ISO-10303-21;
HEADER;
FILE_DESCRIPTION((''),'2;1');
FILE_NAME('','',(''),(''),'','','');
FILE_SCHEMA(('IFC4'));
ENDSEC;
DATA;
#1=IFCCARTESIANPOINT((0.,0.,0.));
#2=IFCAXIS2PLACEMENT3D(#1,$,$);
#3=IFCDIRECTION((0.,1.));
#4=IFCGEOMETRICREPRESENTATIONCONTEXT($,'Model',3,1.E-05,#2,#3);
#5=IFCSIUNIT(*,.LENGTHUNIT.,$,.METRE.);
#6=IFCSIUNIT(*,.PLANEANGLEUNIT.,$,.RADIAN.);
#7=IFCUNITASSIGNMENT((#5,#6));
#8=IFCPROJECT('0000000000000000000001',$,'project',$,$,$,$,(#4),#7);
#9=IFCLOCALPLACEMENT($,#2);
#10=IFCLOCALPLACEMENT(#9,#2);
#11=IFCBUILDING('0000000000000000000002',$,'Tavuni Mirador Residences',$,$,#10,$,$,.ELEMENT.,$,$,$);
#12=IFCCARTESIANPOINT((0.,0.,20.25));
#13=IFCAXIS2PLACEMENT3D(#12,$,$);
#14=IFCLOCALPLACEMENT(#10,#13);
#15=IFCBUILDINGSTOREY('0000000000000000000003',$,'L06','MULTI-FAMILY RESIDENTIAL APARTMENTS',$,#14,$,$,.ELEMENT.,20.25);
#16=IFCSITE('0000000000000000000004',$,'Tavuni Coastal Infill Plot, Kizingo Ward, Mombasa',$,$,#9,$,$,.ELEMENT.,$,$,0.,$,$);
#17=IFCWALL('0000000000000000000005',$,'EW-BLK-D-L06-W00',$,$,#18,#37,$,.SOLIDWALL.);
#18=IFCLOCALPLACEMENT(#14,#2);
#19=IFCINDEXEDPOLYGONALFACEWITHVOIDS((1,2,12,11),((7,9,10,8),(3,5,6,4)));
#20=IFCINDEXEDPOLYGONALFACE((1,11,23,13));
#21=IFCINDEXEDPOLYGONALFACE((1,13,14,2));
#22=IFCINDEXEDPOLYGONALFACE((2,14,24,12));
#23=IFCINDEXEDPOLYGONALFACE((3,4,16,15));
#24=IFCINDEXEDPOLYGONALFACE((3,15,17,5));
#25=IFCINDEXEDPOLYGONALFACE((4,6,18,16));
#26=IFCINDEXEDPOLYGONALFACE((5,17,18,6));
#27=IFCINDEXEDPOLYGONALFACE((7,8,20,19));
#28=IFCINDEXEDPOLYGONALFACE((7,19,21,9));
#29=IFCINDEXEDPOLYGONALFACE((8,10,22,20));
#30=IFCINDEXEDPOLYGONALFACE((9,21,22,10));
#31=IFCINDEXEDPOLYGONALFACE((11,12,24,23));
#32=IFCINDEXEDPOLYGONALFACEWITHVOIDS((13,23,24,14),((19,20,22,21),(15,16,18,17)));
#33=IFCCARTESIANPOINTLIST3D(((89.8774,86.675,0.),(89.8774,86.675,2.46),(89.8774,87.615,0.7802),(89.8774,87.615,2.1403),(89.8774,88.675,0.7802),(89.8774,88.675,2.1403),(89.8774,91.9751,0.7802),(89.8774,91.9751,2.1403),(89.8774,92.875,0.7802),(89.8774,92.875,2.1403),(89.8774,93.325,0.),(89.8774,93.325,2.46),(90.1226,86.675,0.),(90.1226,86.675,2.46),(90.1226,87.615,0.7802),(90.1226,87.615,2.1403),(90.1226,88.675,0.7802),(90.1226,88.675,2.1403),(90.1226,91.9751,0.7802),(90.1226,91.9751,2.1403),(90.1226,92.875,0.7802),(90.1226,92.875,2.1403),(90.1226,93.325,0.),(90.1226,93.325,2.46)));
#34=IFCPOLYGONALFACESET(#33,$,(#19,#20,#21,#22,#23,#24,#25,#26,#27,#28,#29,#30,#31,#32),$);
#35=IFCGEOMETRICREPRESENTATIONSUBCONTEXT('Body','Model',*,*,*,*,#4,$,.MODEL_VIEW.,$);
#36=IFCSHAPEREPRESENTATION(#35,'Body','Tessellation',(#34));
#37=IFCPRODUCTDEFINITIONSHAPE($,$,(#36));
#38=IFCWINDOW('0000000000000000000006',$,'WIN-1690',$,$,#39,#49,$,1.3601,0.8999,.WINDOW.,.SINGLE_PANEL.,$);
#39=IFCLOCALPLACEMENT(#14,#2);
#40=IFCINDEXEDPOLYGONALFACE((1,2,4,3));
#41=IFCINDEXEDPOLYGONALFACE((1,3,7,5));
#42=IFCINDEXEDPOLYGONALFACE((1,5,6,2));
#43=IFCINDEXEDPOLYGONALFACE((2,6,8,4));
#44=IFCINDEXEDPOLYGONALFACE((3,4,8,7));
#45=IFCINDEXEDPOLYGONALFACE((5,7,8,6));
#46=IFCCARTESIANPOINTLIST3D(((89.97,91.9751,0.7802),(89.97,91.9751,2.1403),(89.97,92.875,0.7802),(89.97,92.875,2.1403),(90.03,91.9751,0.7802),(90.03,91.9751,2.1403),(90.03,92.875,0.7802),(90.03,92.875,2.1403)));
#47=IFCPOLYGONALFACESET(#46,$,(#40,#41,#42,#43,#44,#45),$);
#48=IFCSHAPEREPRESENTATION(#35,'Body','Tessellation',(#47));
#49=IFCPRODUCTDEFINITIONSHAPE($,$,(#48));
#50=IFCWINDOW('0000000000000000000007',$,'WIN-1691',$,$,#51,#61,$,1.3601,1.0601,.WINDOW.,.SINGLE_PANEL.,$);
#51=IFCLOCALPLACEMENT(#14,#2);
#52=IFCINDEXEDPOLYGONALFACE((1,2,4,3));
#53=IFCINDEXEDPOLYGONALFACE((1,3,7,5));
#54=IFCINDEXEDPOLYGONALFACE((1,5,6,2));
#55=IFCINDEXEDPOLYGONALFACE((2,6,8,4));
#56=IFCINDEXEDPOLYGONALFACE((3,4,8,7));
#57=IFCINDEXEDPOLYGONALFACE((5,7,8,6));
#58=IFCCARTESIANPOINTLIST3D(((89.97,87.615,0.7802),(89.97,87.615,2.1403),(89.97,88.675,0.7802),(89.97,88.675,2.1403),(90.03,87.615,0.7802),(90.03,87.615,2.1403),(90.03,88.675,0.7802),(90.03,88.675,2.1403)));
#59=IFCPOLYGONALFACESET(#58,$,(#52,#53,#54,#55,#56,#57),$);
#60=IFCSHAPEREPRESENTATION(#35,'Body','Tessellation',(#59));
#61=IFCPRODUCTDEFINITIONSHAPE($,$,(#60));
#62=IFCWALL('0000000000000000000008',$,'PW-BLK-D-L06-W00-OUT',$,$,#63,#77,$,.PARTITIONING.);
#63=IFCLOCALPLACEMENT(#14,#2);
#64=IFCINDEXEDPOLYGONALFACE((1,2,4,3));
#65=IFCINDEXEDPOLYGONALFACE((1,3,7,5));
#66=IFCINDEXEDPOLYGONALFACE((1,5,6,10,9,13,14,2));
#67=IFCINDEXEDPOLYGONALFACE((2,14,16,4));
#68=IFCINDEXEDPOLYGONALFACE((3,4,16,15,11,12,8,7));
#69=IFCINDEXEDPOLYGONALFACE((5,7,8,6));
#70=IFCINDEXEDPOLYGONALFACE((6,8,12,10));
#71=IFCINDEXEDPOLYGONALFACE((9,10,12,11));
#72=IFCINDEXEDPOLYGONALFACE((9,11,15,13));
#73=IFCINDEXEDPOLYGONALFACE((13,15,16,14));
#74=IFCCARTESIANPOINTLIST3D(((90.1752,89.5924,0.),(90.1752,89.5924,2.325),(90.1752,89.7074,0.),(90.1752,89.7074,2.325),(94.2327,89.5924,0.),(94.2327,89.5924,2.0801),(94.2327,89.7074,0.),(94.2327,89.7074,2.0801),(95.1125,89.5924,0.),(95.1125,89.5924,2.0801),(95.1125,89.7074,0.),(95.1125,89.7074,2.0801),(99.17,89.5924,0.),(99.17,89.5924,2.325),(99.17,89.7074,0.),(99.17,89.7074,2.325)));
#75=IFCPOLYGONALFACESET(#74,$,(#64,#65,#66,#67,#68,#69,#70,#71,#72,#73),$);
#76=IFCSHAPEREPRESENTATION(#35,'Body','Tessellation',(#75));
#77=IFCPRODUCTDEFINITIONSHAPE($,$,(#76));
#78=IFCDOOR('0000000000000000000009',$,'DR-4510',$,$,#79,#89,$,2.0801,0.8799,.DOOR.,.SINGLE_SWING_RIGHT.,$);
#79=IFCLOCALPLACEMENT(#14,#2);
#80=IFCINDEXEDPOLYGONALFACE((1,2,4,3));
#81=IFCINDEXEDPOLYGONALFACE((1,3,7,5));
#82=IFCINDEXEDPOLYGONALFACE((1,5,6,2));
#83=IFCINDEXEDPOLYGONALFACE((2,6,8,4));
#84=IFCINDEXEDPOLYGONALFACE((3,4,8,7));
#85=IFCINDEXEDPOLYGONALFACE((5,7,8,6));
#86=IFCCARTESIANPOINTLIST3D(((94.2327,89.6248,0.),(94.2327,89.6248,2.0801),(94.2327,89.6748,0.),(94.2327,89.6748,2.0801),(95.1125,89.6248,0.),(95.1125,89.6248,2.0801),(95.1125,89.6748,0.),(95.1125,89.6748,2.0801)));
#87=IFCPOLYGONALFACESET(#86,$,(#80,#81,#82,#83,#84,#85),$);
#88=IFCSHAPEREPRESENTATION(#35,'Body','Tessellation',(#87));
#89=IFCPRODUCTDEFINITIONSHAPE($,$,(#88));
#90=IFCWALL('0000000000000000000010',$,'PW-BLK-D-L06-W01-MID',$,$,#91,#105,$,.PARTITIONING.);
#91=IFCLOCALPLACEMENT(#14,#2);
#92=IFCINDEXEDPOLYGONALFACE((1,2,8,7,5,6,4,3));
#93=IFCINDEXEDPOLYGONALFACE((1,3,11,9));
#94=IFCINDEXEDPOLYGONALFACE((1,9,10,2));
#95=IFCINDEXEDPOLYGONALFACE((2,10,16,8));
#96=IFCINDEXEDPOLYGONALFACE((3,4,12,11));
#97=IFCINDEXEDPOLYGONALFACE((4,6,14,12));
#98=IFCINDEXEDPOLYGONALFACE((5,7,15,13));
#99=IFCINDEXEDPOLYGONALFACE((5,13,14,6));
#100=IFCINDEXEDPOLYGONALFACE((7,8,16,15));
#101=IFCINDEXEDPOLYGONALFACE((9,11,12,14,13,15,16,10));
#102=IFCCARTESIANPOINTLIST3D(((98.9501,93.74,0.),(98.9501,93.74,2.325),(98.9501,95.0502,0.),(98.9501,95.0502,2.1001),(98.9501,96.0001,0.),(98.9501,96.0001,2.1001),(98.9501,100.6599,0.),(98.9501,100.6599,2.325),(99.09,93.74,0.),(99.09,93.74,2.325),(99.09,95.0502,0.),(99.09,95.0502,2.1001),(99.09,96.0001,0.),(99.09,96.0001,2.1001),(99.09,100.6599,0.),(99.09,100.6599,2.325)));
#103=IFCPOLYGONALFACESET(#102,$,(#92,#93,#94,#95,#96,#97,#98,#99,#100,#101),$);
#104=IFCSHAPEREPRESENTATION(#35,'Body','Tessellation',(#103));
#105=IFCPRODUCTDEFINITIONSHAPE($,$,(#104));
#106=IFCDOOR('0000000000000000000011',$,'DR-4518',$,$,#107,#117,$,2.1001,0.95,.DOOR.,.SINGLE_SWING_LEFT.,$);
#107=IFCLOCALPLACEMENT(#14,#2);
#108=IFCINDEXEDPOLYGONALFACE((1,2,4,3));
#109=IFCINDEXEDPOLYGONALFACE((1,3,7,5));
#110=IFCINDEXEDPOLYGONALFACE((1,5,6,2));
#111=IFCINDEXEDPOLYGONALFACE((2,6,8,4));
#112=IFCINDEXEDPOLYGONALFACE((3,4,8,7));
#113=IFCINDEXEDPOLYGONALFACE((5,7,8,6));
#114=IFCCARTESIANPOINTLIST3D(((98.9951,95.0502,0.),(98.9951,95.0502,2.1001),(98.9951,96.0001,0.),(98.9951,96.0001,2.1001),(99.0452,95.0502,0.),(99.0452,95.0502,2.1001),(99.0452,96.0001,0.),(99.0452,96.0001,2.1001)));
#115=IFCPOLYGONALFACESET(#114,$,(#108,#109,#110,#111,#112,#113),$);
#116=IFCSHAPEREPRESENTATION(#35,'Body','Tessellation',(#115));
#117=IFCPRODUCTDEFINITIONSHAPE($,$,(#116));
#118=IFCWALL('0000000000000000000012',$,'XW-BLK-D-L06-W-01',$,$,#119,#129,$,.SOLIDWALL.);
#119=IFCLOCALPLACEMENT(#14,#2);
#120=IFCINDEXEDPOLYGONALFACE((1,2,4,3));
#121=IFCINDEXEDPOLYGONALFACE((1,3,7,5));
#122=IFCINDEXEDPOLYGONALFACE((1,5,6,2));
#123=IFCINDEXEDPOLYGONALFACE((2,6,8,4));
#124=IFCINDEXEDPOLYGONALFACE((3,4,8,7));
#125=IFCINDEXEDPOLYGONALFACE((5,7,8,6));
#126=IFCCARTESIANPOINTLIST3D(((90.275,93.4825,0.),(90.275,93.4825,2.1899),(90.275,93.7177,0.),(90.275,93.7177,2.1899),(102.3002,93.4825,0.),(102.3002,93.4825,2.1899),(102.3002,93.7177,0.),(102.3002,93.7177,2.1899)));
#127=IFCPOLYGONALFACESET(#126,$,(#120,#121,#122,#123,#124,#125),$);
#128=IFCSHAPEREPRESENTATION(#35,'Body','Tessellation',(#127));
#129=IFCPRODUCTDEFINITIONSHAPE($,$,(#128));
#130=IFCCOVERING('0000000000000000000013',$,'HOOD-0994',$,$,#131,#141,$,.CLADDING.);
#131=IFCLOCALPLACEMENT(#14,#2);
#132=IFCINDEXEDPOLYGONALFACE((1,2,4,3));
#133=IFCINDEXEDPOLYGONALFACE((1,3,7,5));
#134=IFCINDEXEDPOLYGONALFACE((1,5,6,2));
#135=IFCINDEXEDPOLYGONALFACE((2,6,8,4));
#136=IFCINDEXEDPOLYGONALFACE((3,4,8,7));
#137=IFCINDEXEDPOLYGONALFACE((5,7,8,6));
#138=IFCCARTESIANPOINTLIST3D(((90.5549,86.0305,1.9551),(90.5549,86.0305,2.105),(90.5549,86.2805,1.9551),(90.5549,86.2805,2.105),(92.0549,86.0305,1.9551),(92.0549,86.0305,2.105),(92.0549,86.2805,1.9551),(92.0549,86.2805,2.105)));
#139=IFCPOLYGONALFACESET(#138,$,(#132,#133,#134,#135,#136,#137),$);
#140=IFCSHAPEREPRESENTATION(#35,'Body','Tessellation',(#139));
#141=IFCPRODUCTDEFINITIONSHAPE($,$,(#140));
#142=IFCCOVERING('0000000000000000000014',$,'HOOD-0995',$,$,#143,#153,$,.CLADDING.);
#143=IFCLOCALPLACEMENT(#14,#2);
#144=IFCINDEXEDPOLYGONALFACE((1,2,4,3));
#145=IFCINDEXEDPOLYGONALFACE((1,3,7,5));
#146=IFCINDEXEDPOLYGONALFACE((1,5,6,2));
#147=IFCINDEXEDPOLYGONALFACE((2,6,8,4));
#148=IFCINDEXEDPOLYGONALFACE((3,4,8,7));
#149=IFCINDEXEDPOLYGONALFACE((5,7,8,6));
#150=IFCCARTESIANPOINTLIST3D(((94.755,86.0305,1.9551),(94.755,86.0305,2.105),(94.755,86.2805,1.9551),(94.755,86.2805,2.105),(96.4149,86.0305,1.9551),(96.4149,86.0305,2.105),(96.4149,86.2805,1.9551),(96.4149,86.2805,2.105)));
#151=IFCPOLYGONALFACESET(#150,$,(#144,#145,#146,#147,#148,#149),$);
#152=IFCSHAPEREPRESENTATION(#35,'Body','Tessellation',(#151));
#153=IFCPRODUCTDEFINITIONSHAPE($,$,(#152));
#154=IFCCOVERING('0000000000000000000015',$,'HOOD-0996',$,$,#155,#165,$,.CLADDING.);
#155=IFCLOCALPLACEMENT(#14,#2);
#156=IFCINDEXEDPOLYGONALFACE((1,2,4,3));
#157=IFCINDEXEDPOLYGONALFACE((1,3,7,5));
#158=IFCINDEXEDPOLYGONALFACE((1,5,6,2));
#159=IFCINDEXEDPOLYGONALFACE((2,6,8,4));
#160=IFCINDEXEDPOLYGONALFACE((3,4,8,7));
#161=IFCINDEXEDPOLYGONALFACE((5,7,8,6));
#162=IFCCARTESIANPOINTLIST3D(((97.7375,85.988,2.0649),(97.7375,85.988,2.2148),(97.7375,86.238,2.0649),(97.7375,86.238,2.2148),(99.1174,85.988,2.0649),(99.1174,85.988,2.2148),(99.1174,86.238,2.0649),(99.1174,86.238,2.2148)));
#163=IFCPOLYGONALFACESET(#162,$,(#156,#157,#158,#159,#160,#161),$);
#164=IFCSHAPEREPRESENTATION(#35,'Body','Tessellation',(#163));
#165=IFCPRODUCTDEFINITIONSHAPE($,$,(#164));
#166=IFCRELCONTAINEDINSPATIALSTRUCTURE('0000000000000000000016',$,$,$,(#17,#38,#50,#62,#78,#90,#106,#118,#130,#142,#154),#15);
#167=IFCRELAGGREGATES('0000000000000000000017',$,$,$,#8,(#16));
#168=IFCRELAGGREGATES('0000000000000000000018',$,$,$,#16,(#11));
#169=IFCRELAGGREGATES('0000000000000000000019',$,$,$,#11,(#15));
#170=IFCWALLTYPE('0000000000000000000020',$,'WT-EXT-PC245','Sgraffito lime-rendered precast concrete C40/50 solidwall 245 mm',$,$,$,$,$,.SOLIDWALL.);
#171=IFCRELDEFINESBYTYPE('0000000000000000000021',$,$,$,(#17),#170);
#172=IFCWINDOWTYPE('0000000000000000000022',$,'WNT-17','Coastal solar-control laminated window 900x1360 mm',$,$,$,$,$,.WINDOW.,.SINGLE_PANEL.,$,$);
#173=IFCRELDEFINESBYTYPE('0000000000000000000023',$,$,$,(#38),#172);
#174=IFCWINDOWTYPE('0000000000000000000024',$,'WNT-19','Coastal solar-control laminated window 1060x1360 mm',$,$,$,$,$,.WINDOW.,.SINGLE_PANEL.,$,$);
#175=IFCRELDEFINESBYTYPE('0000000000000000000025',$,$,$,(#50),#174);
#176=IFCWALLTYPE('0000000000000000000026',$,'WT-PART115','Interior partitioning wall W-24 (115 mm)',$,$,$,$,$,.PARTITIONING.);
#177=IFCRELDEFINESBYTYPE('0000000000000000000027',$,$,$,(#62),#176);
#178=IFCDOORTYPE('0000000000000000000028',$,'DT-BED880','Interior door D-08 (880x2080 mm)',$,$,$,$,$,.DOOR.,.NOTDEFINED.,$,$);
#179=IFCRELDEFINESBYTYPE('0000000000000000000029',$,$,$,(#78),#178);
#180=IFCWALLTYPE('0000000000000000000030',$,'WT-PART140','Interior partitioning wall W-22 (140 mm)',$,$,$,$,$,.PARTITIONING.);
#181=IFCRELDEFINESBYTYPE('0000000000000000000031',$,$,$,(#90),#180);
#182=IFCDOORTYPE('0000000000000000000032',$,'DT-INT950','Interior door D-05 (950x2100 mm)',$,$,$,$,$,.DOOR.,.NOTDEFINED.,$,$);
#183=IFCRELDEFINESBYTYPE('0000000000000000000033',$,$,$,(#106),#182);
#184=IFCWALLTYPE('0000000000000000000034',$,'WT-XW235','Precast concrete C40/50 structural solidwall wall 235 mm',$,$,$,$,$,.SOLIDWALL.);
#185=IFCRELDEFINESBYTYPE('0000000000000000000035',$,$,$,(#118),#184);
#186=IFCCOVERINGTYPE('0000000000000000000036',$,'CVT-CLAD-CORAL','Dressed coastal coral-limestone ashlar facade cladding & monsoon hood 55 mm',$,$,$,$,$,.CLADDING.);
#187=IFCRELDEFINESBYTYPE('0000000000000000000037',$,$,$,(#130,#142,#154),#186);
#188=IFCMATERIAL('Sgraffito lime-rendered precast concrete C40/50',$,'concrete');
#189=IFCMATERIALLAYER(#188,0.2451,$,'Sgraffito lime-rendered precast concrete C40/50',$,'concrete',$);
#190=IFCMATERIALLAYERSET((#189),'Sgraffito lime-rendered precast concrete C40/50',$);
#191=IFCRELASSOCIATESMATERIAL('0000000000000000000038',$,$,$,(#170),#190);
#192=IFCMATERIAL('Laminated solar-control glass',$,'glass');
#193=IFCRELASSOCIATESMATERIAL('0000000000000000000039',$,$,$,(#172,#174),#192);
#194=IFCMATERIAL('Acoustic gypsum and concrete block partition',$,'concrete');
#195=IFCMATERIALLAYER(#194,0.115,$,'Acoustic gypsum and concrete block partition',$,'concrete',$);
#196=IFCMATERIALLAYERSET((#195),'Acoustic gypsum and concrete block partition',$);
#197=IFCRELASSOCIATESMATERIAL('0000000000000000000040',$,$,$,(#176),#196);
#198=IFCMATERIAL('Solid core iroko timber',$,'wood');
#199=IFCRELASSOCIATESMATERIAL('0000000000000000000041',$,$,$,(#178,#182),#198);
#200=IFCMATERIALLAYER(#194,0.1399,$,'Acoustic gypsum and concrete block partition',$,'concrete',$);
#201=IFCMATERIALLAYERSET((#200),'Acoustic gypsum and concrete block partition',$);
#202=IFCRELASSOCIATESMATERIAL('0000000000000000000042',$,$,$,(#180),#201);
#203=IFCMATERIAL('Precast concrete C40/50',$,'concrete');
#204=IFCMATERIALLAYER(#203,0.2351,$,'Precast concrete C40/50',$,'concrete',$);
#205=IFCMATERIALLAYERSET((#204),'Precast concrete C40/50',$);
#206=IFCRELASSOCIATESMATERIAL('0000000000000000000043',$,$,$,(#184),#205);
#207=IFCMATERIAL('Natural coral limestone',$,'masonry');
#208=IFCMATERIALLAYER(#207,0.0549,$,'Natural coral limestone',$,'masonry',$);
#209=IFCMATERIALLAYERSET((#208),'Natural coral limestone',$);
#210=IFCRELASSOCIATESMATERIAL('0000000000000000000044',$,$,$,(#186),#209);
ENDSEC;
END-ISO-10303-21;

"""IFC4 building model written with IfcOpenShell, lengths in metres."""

from ifc_helpers import new_model, si_unit, direction, frame, frame_2d, origin, origin_2d, place, context, subcontext, project, spatial, rectangle, extrude, material, layer, layer_set, type_object, element, fill, save


model = new_model("IFC4")

# Units and contexts
model_context = context("Model", 3, precision=1e-05, world=origin(), true_north=direction((0.0, 1.0)))
body_context = subcontext(model_context, "Body", "Model", "MODEL_VIEW")
ifc_project = project(units=[si_unit("LENGTHUNIT", "METRE"), si_unit("PLANEANGLEUNIT", "RADIAN")], contexts=[model_context])

# Site, building, storey
site_placement = place(None, origin())
site = spatial("IfcSite", under=ifc_project, at=site_placement, Name="Tavuni Coastal Infill Plot, Kizingo Ward, Mombasa", CompositionType="ELEMENT", RefElevation=0.0)
building_placement = place(site_placement, origin())
building = spatial("IfcBuilding", under=site, at=building_placement, Name="Tavuni Mirador Residences", CompositionType="ELEMENT")
storey_placement = place(building_placement, frame((0.0, 0.0, 20.25)))
storey = spatial("IfcBuildingStorey", under=building, at=storey_placement, Name="L06", Description="MULTI-FAMILY RESIDENTIAL APARTMENTS", CompositionType="ELEMENT", Elevation=20.25)

# Shared definitions
ifc_material_1 = material(Name="Precast concrete C40/50", Category="concrete")

# Wall, openings, windows
ifc_material_2 = material(Name="Laminated solar-control glass", Category="glass")
ifc_material_3 = material(Name="Sgraffito lime-rendered precast concrete C40/50", Category="concrete")
ifc_layer_1 = layer(ifc_material_3, 0.2451, Name="Sgraffito lime-rendered precast concrete C40/50", Category="concrete")
ifc_layer_set_1 = layer_set([ifc_layer_1], Name="Sgraffito lime-rendered precast concrete C40/50")
wall_type_1 = type_object("IfcWallType", Name="WT-EXT-PC245", Description="Sgraffito lime-rendered precast concrete C40/50 solidwall 245 mm", PredefinedType="SOLIDWALL", material=ifc_layer_set_1)
wall_1_placement = place(storey_placement, frame((90.0, 93.325, 0.0), z_axis=(0.0, 0.0, 1.0), x_axis=(0.0, -1.0, 0.0)))
wall_1 = element("IfcWall", 1, at=wall_1_placement, inside=storey, type_object=wall_type_1, Name="EW-BLK-D-L06-W00", PredefinedType="SOLIDWALL", context=body_context, shape_type="SweptSolid", body=[
    extrude(rectangle(XDim=6.6499, YDim=0.2451, at=frame_2d((3.325, 0.0))), origin(), (0.0, 0.0, 1.0), 2.46),
])
opening_1_placement = place(wall_1_placement, frame((0.45, 0.0, 0.78)))
opening_1 = element("IfcOpeningElement", 2, at=opening_1_placement, cuts=wall_1, PredefinedType="OPENING", context=body_context, shape_type="SweptSolid", body=[
    extrude(rectangle(XDim=0.8999, YDim=1.3601, at=frame_2d((0.45, 0.6802))), frame((0.0, 0.1326, 0.0), z_axis=(0.0, -1.0, 0.0), x_axis=(1.0, 0.0, 0.0)), (0.0, 0.0, 1.0), 0.2651),
])
opening_2_placement = place(wall_1_placement, frame((4.6499, 0.0, 0.78)))
opening_2 = element("IfcOpeningElement", 3, at=opening_2_placement, cuts=wall_1, PredefinedType="OPENING", context=body_context, shape_type="SweptSolid", body=[
    extrude(rectangle(XDim=1.0601, YDim=1.3601, at=frame_2d((0.53, 0.6802))), frame((0.0, 0.1326, 0.0), z_axis=(0.0, -1.0, 0.0), x_axis=(1.0, 0.0, 0.0)), (0.0, 0.0, 1.0), 0.2651),
])
window_type_1 = type_object("IfcWindowType", Name="WNT-17", Description="Coastal solar-control laminated window 900x1360 mm", PartitioningType="SINGLE_PANEL", PredefinedType="WINDOW", material=ifc_material_2)
window_1_placement = place(opening_1_placement, origin())
window_1 = element("IfcWindow", 4, at=window_1_placement, inside=storey, type_object=window_type_1, Name="WIN-1690", OverallHeight=1.3601, OverallWidth=0.8999, PartitioningType="SINGLE_PANEL", PredefinedType="WINDOW", context=body_context, shape_type="SweptSolid", body=[
    extrude(rectangle(XDim=0.8999, YDim=1.3601, at=frame_2d((0.45, 0.6802))), frame((0.0, 0.03, 0.0), z_axis=(0.0, -1.0, 0.0), x_axis=(1.0, 0.0, 0.0)), (0.0, 0.0, 1.0), 0.0601),
])
fill(opening_1, window_1)
window_type_2 = type_object("IfcWindowType", Name="WNT-19", Description="Coastal solar-control laminated window 1060x1360 mm", PartitioningType="SINGLE_PANEL", PredefinedType="WINDOW", material=ifc_material_2)
window_2_placement = place(opening_2_placement, origin())
window_2 = element("IfcWindow", 5, at=window_2_placement, inside=storey, type_object=window_type_2, Name="WIN-1691", OverallHeight=1.3601, OverallWidth=1.0601, PartitioningType="SINGLE_PANEL", PredefinedType="WINDOW", context=body_context, shape_type="SweptSolid", body=[
    extrude(rectangle(XDim=1.0601, YDim=1.3601, at=frame_2d((0.53, 0.6802))), frame((0.0, 0.03, 0.0), z_axis=(0.0, -1.0, 0.0), x_axis=(1.0, 0.0, 0.0)), (0.0, 0.0, 1.0), 0.0601),
])
fill(opening_2, window_2)

# Walls, openings, doors
ifc_material_4 = material(Name="Acoustic gypsum and concrete block partition", Category="concrete")
ifc_layer_2 = layer(ifc_material_4, 0.115, Name="Acoustic gypsum and concrete block partition", Category="concrete")
ifc_layer_set_2 = layer_set([ifc_layer_2], Name="Acoustic gypsum and concrete block partition")
wall_type_2 = type_object("IfcWallType", Name="WT-PART115", Description="Interior partitioning wall W-24 (115 mm)", PredefinedType="PARTITIONING", material=ifc_layer_set_2)
wall_2_placement = place(storey_placement, frame((90.175, 89.6499, 0.0), z_axis=(0.0, 0.0, 1.0), x_axis=(1.0, 0.0, 0.0)))
wall_2 = element("IfcWall", 6, at=wall_2_placement, inside=storey, type_object=wall_type_2, Name="PW-BLK-D-L06-W00-OUT", PredefinedType="PARTITIONING", context=body_context, shape_type="SweptSolid", body=[
    extrude(rectangle(XDim=8.9949, YDim=0.115, at=frame_2d((4.4976, 0.0))), origin(), (0.0, 0.0, 1.0), 2.325),
])
opening_3_placement = place(wall_2_placement, frame((4.0576, 0.0, 0.0)))
opening_3 = element("IfcOpeningElement", 7, at=opening_3_placement, cuts=wall_2, PredefinedType="OPENING", context=body_context, shape_type="SweptSolid", body=[
    extrude(rectangle(XDim=0.8799, YDim=2.0801, at=frame_2d((0.4399, 1.04))), frame((0.0, 0.0674, 0.0), z_axis=(0.0, -1.0, 0.0), x_axis=(1.0, 0.0, 0.0)), (0.0, 0.0, 1.0), 0.135),
])
ifc_material_5 = material(Name="Solid core iroko timber", Category="wood")
door_type_1 = type_object("IfcDoorType", Name="DT-BED880", Description="Interior door D-08 (880x2080 mm)", OperationType="NOTDEFINED", PredefinedType="DOOR", material=ifc_material_5)
door_1_placement = place(opening_3_placement, origin())
door_1 = element("IfcDoor", 8, at=door_1_placement, inside=storey, type_object=door_type_1, Name="DR-4510", OperationType="SINGLE_SWING_RIGHT", OverallHeight=2.0801, OverallWidth=0.8799, PredefinedType="DOOR", context=body_context, shape_type="SweptSolid", body=[
    extrude(rectangle(XDim=0.8799, YDim=2.0801, at=frame_2d((0.4399, 1.04))), frame((0.0, 0.0249, 0.0), z_axis=(0.0, -1.0, 0.0), x_axis=(1.0, 0.0, 0.0)), (0.0, 0.0, 1.0), 0.05),
])
fill(opening_3, door_1)
ifc_layer_3 = layer(ifc_material_4, 0.1399, Name="Acoustic gypsum and concrete block partition", Category="concrete")
ifc_layer_set_3 = layer_set([ifc_layer_3], Name="Acoustic gypsum and concrete block partition")
wall_type_3 = type_object("IfcWallType", Name="WT-PART140", Description="Interior partitioning wall W-22 (140 mm)", PredefinedType="PARTITIONING", material=ifc_layer_set_3)
wall_3_placement = place(storey_placement, frame((99.02, 93.74, 0.0), z_axis=(0.0, 0.0, 1.0), x_axis=(0.0, 1.0, 0.0)))
wall_3 = element("IfcWall", 9, at=wall_3_placement, inside=storey, type_object=wall_type_3, Name="PW-BLK-D-L06-W01-MID", PredefinedType="PARTITIONING", context=body_context, shape_type="SweptSolid", body=[
    extrude(rectangle(XDim=6.9199, YDim=0.1399, at=frame_2d((3.46, 0.0))), origin(), (0.0, 0.0, 1.0), 2.325),
])
opening_4_placement = place(wall_3_placement, frame((1.3101, 0.0, 0.0)))
opening_4 = element("IfcOpeningElement", 10, at=opening_4_placement, cuts=wall_3, PredefinedType="OPENING", context=body_context, shape_type="SweptSolid", body=[
    extrude(rectangle(XDim=0.95, YDim=2.1001, at=frame_2d((0.4751, 1.05))), frame((0.0, 0.0801, 0.0), z_axis=(0.0, -1.0, 0.0), x_axis=(1.0, 0.0, 0.0)), (0.0, 0.0, 1.0), 0.1599),
])
door_type_2 = type_object("IfcDoorType", Name="DT-INT950", Description="Interior door D-05 (950x2100 mm)", OperationType="NOTDEFINED", PredefinedType="DOOR", material=ifc_material_5)
door_2_placement = place(opening_4_placement, origin())
door_2 = element("IfcDoor", 11, at=door_2_placement, inside=storey, type_object=door_type_2, Name="DR-4518", OperationType="SINGLE_SWING_LEFT", OverallHeight=2.1001, OverallWidth=0.95, PredefinedType="DOOR", context=body_context, shape_type="SweptSolid", body=[
    extrude(rectangle(XDim=0.95, YDim=2.1001, at=frame_2d((0.4751, 1.05))), frame((0.0, 0.0249, 0.0), z_axis=(0.0, -1.0, 0.0), x_axis=(1.0, 0.0, 0.0)), (0.0, 0.0, 1.0), 0.05),
])
fill(opening_4, door_2)

# Wall
ifc_layer_4 = layer(ifc_material_1, 0.2351, Name="Precast concrete C40/50", Category="concrete")
ifc_layer_set_4 = layer_set([ifc_layer_4], Name="Precast concrete C40/50")
wall_type_4 = type_object("IfcWallType", Name="WT-XW235", Description="Precast concrete C40/50 structural solidwall wall 235 mm", PredefinedType="SOLIDWALL", material=ifc_layer_set_4)
wall_4_placement = place(storey_placement, frame((90.2749, 93.6001, 0.0), z_axis=(0.0, 0.0, 1.0), x_axis=(1.0, 0.0, 0.0)))
element("IfcWall", 12, at=wall_4_placement, inside=storey, type_object=wall_type_4, Name="XW-BLK-D-L06-W-01", PredefinedType="SOLIDWALL", context=body_context, shape_type="SweptSolid", body=[
    extrude(rectangle(XDim=12.0251, YDim=0.2351, at=frame_2d((6.0127, 0.0))), origin(), (0.0, 0.0, 1.0), 2.1899),
])

# Coverings
ifc_material_6 = material(Name="Natural coral limestone", Category="masonry")
ifc_layer_5 = layer(ifc_material_6, 0.0549, Name="Natural coral limestone", Category="masonry")
ifc_layer_set_5 = layer_set([ifc_layer_5], Name="Natural coral limestone")
covering_type_1 = type_object("IfcCoveringType", Name="CVT-CLAD-CORAL", Description="Dressed coastal coral-limestone ashlar facade cladding & monsoon hood 55 mm", PredefinedType="CLADDING", material=ifc_layer_set_5)
covering_1_placement = place(storey_placement, frame((91.3049, 86.1555, 1.9551), z_axis=(0.0, 0.0, 1.0), x_axis=(1.0, 0.0, 0.0)))
element("IfcCovering", 13, at=covering_1_placement, inside=storey, type_object=covering_type_1, Name="HOOD-0994", PredefinedType="CLADDING", context=body_context, shape_type="SweptSolid", body=[
    extrude(rectangle(XDim=1.5, YDim=0.25, at=origin_2d()), origin(), (0.0, 0.0, 1.0), 0.1499),
])
covering_2_placement = place(storey_placement, frame((95.585, 86.1555, 1.9551), z_axis=(0.0, 0.0, 1.0), x_axis=(1.0, 0.0, 0.0)))
element("IfcCovering", 14, at=covering_2_placement, inside=storey, type_object=covering_type_1, Name="HOOD-0995", PredefinedType="CLADDING", context=body_context, shape_type="SweptSolid", body=[
    extrude(rectangle(XDim=1.6599, YDim=0.25, at=origin_2d()), origin(), (0.0, 0.0, 1.0), 0.1499),
])
covering_3_placement = place(storey_placement, frame((98.4275, 86.113, 2.0649), z_axis=(0.0, 0.0, 1.0), x_axis=(1.0, 0.0, 0.0)))
element("IfcCovering", 15, at=covering_3_placement, inside=storey, type_object=covering_type_1, Name="HOOD-0996", PredefinedType="CLADDING", context=body_context, shape_type="SweptSolid", body=[
    extrude(rectangle(XDim=1.3799, YDim=0.25, at=origin_2d()), origin(), (0.0, 0.0, 1.0), 0.1499),
])

save(model, "model.ifc")
